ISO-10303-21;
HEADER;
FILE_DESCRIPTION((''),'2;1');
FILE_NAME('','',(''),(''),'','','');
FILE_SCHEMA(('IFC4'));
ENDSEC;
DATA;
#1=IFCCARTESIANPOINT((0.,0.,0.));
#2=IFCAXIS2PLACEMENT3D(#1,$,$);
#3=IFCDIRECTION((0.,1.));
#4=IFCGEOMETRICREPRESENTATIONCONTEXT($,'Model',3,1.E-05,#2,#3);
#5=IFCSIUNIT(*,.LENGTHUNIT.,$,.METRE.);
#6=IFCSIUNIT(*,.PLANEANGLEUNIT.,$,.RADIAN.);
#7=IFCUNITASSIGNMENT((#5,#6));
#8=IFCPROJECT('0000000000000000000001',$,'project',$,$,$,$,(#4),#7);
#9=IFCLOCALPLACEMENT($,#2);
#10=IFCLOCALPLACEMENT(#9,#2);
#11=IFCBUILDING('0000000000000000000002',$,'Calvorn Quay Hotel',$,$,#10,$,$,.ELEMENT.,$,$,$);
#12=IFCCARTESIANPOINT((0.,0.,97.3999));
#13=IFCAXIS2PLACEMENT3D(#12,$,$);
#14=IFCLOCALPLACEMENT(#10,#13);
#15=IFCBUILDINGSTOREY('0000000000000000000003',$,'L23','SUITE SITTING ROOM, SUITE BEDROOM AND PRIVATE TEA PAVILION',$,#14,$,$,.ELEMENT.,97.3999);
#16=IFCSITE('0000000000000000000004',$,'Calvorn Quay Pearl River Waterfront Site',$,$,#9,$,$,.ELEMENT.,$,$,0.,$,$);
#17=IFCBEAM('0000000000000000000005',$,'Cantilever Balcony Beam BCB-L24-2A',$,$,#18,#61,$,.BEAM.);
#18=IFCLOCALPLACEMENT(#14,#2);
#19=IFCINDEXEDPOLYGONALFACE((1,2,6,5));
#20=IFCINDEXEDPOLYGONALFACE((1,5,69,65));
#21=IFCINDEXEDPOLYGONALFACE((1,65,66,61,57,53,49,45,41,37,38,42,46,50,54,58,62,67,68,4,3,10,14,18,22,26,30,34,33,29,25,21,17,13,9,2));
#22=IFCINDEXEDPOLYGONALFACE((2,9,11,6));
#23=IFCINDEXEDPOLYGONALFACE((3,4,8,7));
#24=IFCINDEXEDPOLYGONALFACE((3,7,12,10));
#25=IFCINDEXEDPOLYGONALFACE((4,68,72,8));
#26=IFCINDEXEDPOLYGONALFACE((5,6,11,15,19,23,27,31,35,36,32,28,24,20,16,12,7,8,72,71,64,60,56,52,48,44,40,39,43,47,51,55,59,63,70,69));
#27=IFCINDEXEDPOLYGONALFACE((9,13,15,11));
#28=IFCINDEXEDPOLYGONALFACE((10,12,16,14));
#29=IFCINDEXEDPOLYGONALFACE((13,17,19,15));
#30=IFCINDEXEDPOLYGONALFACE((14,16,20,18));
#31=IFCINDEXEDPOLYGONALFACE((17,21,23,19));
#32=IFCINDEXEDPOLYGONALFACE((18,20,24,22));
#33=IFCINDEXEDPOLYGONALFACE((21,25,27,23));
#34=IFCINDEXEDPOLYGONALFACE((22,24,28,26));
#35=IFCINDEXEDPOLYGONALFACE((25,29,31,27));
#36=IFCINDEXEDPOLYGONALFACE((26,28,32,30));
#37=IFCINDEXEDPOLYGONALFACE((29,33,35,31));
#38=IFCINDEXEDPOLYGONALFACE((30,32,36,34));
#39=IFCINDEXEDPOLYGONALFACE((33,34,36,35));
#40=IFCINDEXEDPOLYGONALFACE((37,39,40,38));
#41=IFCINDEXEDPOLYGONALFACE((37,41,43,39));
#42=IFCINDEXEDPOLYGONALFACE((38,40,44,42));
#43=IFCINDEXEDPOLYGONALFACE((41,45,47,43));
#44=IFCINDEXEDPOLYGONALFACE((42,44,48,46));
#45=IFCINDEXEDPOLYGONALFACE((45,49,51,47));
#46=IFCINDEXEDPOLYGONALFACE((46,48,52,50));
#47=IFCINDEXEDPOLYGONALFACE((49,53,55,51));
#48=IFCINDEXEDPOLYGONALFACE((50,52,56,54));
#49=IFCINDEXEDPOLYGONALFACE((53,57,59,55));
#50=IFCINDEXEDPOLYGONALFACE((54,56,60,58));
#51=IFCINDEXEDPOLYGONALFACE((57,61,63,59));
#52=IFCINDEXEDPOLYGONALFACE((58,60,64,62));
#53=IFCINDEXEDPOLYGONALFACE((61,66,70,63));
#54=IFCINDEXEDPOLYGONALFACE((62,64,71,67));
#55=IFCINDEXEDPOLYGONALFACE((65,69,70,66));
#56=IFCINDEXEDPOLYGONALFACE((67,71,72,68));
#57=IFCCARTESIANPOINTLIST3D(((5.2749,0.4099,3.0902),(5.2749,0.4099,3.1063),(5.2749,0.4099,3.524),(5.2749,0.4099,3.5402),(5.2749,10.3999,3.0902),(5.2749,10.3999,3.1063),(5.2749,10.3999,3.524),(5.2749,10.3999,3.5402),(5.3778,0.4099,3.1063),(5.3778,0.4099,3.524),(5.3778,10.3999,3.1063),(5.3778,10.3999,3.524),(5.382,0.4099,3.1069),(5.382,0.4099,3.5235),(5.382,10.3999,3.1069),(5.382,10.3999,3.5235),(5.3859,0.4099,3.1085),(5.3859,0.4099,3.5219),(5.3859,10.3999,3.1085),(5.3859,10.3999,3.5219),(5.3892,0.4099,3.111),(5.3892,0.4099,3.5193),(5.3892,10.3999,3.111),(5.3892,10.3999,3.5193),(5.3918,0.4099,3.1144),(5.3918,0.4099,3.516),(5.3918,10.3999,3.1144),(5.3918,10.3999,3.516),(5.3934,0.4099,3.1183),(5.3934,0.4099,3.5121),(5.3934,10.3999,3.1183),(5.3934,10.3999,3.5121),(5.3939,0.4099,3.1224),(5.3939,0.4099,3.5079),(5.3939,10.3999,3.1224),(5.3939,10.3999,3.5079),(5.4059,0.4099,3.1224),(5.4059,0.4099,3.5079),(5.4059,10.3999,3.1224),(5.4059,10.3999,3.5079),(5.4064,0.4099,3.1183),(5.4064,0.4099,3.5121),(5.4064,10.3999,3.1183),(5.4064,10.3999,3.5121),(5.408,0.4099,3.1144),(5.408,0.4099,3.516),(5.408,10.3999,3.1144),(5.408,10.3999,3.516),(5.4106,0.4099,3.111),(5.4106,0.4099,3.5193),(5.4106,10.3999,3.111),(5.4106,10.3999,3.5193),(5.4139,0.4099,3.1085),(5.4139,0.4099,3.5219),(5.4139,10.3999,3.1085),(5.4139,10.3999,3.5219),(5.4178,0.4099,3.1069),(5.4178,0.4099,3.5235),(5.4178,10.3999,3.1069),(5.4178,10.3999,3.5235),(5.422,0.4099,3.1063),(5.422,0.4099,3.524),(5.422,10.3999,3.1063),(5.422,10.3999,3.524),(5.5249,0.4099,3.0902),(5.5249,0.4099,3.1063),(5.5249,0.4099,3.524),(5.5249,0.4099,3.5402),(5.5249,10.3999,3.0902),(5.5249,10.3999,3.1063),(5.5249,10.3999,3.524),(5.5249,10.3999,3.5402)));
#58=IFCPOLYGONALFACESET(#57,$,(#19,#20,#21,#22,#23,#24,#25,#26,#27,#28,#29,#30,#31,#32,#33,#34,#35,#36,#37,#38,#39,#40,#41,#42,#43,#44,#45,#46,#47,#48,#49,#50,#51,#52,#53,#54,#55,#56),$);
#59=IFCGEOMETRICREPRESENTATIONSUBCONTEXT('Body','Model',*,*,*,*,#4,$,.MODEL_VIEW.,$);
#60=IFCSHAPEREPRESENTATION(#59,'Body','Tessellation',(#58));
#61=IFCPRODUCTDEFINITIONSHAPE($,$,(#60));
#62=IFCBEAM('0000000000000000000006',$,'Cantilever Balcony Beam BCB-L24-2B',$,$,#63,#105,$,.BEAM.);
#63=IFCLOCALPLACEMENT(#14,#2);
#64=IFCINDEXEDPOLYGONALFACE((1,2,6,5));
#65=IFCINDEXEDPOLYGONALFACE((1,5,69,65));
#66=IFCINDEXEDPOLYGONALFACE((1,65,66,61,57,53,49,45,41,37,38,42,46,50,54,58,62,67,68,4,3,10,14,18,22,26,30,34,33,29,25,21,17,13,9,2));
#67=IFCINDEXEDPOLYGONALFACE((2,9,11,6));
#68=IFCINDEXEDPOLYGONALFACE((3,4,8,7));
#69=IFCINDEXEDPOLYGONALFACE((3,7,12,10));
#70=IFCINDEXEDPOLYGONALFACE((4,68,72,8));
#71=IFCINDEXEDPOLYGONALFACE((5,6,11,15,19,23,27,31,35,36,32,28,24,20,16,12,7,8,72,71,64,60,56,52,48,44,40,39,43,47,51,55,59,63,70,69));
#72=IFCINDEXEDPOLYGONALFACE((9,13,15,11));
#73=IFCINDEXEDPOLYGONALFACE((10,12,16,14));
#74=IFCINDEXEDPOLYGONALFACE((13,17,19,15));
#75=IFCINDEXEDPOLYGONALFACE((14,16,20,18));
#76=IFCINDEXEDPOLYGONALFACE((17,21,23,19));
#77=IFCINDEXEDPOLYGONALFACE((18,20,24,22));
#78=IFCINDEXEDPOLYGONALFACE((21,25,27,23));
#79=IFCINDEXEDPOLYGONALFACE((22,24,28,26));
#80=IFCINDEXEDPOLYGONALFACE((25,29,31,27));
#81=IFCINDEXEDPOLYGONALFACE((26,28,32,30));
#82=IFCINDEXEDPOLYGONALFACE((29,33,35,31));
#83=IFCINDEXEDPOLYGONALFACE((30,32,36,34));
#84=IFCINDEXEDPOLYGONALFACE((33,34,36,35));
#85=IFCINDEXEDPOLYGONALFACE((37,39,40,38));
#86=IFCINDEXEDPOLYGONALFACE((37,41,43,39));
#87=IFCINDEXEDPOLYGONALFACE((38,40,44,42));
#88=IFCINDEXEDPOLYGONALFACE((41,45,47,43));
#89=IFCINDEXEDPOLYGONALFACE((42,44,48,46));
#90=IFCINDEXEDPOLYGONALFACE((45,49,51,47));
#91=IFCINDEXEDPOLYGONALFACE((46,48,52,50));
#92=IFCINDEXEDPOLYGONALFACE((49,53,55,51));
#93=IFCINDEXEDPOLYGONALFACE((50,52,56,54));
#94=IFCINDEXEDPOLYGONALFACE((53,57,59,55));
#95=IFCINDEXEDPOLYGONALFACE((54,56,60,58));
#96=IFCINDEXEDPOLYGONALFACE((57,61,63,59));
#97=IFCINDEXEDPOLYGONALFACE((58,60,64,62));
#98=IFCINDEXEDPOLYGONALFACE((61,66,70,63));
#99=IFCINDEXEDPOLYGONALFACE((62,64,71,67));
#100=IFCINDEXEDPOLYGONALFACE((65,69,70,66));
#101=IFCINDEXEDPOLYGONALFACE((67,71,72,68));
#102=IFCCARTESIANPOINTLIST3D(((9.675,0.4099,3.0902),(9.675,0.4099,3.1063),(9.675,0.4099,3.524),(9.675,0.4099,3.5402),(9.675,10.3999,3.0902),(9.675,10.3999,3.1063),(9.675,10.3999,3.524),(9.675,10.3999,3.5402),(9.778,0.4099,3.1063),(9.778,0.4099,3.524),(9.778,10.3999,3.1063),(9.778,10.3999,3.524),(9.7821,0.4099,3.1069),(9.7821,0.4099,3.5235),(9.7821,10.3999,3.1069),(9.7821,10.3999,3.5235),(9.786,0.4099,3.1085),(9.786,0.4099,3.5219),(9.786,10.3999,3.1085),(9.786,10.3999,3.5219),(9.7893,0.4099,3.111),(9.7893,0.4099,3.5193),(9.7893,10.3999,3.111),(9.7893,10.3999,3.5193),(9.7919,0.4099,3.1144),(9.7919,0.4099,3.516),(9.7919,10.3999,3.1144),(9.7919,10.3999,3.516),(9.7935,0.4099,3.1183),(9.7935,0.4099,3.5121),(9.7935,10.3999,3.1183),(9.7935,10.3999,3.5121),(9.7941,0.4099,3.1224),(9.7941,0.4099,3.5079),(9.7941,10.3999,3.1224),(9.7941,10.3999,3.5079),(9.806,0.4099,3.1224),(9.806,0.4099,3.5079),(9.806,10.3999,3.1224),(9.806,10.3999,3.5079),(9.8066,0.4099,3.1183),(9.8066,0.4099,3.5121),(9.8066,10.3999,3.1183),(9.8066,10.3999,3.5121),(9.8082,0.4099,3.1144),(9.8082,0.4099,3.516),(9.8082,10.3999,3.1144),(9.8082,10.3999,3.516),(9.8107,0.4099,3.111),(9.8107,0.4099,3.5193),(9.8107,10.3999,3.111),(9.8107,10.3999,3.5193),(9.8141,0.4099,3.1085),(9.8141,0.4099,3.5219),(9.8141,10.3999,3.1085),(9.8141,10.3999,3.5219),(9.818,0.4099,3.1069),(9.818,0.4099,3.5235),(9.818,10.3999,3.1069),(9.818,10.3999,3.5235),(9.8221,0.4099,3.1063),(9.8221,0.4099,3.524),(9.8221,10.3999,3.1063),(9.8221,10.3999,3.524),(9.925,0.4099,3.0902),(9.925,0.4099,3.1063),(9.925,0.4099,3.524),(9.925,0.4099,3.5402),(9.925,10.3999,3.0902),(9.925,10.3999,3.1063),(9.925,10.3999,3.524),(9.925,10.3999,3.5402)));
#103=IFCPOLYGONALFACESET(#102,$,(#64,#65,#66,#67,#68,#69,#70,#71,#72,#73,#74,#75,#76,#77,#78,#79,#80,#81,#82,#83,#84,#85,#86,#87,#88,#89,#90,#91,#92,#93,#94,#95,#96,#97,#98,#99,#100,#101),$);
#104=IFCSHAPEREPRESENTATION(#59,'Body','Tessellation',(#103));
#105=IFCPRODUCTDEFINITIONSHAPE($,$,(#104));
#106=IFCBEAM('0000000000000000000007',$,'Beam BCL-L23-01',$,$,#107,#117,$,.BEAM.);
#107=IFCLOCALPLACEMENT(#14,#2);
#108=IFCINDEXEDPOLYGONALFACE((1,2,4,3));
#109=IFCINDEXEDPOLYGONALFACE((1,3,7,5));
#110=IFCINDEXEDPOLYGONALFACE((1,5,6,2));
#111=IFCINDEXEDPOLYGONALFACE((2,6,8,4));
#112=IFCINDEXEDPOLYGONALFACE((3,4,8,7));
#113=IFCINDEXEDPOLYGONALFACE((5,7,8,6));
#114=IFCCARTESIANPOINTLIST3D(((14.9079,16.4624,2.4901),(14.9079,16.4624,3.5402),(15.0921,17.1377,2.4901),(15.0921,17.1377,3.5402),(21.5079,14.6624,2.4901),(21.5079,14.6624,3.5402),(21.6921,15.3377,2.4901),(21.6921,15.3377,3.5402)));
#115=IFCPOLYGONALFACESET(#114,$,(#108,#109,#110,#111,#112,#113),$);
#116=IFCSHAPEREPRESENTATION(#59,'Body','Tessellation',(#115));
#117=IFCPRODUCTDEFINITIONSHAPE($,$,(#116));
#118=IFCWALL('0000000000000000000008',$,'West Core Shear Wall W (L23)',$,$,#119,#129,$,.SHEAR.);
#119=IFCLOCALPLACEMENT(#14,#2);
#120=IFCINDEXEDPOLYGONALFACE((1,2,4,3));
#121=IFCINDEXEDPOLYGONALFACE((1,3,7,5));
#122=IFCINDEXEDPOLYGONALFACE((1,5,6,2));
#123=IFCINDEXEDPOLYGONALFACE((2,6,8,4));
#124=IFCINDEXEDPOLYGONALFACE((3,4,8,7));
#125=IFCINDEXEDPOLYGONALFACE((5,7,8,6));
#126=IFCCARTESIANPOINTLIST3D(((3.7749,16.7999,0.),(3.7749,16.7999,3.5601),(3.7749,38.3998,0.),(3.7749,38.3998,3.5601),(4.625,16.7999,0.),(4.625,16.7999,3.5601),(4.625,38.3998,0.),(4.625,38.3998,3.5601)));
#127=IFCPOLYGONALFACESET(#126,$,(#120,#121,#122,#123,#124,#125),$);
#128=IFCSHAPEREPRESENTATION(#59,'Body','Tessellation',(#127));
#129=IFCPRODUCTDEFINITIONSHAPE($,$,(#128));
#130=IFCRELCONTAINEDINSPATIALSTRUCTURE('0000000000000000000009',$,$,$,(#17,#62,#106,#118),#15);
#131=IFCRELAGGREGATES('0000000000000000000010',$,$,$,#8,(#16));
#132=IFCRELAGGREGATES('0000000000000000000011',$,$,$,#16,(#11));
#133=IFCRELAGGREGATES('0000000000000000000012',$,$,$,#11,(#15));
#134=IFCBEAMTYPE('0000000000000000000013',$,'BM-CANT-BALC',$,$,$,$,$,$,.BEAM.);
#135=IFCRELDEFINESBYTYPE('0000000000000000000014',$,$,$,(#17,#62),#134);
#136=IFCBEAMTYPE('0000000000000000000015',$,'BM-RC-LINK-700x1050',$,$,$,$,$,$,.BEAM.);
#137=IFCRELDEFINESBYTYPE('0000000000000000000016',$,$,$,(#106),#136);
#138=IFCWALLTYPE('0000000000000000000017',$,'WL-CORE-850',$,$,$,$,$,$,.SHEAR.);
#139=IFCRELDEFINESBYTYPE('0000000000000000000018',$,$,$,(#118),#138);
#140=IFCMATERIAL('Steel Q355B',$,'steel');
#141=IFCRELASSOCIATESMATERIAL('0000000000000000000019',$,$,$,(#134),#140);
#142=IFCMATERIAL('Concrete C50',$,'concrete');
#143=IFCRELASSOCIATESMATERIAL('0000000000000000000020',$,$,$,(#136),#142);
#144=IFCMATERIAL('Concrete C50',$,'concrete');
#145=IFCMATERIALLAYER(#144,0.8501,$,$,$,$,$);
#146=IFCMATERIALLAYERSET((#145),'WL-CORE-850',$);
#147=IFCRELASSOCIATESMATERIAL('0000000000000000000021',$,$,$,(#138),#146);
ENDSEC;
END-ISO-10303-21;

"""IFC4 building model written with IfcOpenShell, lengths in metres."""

from ifc_helpers import new_model, si_unit, direction, frame, frame_2d, origin, origin_2d, place, context, subcontext, project, spatial, rectangle, i_section, extrude, material, layer, layer_set, material_profile, profile_set, type_object, element, save


model = new_model("IFC4")

# Units and contexts
model_context = context("Model", 3, precision=1e-05, world=origin(), true_north=direction((0.0, 1.0)))
body_context = subcontext(model_context, "Body", "Model", "MODEL_VIEW")
ifc_project = project(units=[si_unit("LENGTHUNIT", "METRE"), si_unit("PLANEANGLEUNIT", "RADIAN")], contexts=[model_context])

# Site, building, storey
site_placement = place(None, origin())
site = spatial("IfcSite", under=ifc_project, at=site_placement, Name="Calvorn Quay Pearl River Waterfront Site", CompositionType="ELEMENT", RefElevation=0.0)
building_placement = place(site_placement, origin())
building = spatial("IfcBuilding", under=site, at=building_placement, Name="Calvorn Quay Hotel", CompositionType="ELEMENT")
storey_placement = place(building_placement, frame((0.0, 0.0, 97.3999)))
storey = spatial("IfcBuildingStorey", under=building, at=storey_placement, Name="L23", Description="SUITE SITTING ROOM, SUITE BEDROOM AND PRIVATE TEA PAVILION", CompositionType="ELEMENT", Elevation=97.3999)

# Beams
ifc_material_1 = material(Name="Steel Q355B", Category="steel")
ifc_material_profile_1 = material_profile(ifc_material_1, i_section(OverallWidth=0.25, OverallDepth=0.45, WebThickness=0.012, FlangeThickness=0.0161, FilletRadius=0.0161, at=origin_2d()), Name="HN450x250x12x16")
ifc_profile_set_1 = profile_set([ifc_material_profile_1], Name="Steel Q355B")
beam_type_1 = type_object("IfcBeamType", Name="BM-CANT-BALC", PredefinedType="BEAM", material=ifc_profile_set_1)
for number, where, z_axis, x_axis, name in (
    (1, (5.3999, 10.3999, 3.3152), (0.0, -1.0, 0.0), (1.0, 0.0, 0.0), "Cantilever Balcony Beam BCB-L24-2A"),
    (2, (9.8, 10.3999, 3.3152), (0.0, -1.0, 0.0), (1.0, 0.0, 0.0), "Cantilever Balcony Beam BCB-L24-2B"),
):
    element("IfcBeam", number, at=place(storey_placement, frame(where, z_axis=z_axis, x_axis=x_axis)), inside=storey, type_object=beam_type_1, Name=name, PredefinedType="BEAM", context=body_context, shape_type="SweptSolid", body=[
        extrude(i_section(OverallWidth=0.25, OverallDepth=0.45, WebThickness=0.012, FlangeThickness=0.0161, FilletRadius=0.0161, at=origin_2d()), origin(), (0.0, 0.0, 1.0), 9.99),
    ])
ifc_material_2 = material(Name="Concrete C50", Category="concrete")
ifc_material_profile_2 = material_profile(ifc_material_2, rectangle(XDim=0.7, YDim=1.05, at=origin_2d()), Name="RCB700x1050")
ifc_profile_set_2 = profile_set([ifc_material_profile_2], Name="Concrete C50")
beam_type_2 = type_object("IfcBeamType", Name="BM-RC-LINK-700x1050", PredefinedType="BEAM", material=ifc_profile_set_2)
beam_placement = place(storey_placement, frame((15.0, 16.8, 3.0151), z_axis=(0.964763, -0.26312, 0.0), x_axis=(0.26312, 0.964763, 0.0)))
element("IfcBeam", 3, at=beam_placement, inside=storey, type_object=beam_type_2, Name="Beam BCL-L23-01", PredefinedType="BEAM", context=body_context, shape_type="SweptSolid", body=[
    extrude(rectangle(XDim=0.7, YDim=1.05, at=origin_2d()), origin(), (0.0, 0.0, 1.0), 6.8411),
])

# Wall
ifc_material_3 = material(Name="Concrete C50", Category="concrete")
ifc_layer_1 = layer(ifc_material_3, 0.8501)
ifc_layer_set_1 = layer_set([ifc_layer_1], Name="WL-CORE-850")
wall_type_1 = type_object("IfcWallType", Name="WL-CORE-850", PredefinedType="SHEAR", material=ifc_layer_set_1)
wall_1_placement = place(storey_placement, frame((4.2, 16.8, 0.0), z_axis=(0.0, 0.0, 1.0), x_axis=(0.0, 1.0, 0.0)))
element("IfcWall", 4, at=wall_1_placement, inside=storey, type_object=wall_type_1, Name="West Core Shear Wall W (L23)", PredefinedType="SHEAR", context=body_context, shape_type="SweptSolid", body=[
    extrude(rectangle(XDim=21.5999, YDim=0.8501, at=frame_2d((10.7998, 0.0))), origin(), (0.0, 0.0, 1.0), 3.5601),
])

save(model, "model.ifc")
